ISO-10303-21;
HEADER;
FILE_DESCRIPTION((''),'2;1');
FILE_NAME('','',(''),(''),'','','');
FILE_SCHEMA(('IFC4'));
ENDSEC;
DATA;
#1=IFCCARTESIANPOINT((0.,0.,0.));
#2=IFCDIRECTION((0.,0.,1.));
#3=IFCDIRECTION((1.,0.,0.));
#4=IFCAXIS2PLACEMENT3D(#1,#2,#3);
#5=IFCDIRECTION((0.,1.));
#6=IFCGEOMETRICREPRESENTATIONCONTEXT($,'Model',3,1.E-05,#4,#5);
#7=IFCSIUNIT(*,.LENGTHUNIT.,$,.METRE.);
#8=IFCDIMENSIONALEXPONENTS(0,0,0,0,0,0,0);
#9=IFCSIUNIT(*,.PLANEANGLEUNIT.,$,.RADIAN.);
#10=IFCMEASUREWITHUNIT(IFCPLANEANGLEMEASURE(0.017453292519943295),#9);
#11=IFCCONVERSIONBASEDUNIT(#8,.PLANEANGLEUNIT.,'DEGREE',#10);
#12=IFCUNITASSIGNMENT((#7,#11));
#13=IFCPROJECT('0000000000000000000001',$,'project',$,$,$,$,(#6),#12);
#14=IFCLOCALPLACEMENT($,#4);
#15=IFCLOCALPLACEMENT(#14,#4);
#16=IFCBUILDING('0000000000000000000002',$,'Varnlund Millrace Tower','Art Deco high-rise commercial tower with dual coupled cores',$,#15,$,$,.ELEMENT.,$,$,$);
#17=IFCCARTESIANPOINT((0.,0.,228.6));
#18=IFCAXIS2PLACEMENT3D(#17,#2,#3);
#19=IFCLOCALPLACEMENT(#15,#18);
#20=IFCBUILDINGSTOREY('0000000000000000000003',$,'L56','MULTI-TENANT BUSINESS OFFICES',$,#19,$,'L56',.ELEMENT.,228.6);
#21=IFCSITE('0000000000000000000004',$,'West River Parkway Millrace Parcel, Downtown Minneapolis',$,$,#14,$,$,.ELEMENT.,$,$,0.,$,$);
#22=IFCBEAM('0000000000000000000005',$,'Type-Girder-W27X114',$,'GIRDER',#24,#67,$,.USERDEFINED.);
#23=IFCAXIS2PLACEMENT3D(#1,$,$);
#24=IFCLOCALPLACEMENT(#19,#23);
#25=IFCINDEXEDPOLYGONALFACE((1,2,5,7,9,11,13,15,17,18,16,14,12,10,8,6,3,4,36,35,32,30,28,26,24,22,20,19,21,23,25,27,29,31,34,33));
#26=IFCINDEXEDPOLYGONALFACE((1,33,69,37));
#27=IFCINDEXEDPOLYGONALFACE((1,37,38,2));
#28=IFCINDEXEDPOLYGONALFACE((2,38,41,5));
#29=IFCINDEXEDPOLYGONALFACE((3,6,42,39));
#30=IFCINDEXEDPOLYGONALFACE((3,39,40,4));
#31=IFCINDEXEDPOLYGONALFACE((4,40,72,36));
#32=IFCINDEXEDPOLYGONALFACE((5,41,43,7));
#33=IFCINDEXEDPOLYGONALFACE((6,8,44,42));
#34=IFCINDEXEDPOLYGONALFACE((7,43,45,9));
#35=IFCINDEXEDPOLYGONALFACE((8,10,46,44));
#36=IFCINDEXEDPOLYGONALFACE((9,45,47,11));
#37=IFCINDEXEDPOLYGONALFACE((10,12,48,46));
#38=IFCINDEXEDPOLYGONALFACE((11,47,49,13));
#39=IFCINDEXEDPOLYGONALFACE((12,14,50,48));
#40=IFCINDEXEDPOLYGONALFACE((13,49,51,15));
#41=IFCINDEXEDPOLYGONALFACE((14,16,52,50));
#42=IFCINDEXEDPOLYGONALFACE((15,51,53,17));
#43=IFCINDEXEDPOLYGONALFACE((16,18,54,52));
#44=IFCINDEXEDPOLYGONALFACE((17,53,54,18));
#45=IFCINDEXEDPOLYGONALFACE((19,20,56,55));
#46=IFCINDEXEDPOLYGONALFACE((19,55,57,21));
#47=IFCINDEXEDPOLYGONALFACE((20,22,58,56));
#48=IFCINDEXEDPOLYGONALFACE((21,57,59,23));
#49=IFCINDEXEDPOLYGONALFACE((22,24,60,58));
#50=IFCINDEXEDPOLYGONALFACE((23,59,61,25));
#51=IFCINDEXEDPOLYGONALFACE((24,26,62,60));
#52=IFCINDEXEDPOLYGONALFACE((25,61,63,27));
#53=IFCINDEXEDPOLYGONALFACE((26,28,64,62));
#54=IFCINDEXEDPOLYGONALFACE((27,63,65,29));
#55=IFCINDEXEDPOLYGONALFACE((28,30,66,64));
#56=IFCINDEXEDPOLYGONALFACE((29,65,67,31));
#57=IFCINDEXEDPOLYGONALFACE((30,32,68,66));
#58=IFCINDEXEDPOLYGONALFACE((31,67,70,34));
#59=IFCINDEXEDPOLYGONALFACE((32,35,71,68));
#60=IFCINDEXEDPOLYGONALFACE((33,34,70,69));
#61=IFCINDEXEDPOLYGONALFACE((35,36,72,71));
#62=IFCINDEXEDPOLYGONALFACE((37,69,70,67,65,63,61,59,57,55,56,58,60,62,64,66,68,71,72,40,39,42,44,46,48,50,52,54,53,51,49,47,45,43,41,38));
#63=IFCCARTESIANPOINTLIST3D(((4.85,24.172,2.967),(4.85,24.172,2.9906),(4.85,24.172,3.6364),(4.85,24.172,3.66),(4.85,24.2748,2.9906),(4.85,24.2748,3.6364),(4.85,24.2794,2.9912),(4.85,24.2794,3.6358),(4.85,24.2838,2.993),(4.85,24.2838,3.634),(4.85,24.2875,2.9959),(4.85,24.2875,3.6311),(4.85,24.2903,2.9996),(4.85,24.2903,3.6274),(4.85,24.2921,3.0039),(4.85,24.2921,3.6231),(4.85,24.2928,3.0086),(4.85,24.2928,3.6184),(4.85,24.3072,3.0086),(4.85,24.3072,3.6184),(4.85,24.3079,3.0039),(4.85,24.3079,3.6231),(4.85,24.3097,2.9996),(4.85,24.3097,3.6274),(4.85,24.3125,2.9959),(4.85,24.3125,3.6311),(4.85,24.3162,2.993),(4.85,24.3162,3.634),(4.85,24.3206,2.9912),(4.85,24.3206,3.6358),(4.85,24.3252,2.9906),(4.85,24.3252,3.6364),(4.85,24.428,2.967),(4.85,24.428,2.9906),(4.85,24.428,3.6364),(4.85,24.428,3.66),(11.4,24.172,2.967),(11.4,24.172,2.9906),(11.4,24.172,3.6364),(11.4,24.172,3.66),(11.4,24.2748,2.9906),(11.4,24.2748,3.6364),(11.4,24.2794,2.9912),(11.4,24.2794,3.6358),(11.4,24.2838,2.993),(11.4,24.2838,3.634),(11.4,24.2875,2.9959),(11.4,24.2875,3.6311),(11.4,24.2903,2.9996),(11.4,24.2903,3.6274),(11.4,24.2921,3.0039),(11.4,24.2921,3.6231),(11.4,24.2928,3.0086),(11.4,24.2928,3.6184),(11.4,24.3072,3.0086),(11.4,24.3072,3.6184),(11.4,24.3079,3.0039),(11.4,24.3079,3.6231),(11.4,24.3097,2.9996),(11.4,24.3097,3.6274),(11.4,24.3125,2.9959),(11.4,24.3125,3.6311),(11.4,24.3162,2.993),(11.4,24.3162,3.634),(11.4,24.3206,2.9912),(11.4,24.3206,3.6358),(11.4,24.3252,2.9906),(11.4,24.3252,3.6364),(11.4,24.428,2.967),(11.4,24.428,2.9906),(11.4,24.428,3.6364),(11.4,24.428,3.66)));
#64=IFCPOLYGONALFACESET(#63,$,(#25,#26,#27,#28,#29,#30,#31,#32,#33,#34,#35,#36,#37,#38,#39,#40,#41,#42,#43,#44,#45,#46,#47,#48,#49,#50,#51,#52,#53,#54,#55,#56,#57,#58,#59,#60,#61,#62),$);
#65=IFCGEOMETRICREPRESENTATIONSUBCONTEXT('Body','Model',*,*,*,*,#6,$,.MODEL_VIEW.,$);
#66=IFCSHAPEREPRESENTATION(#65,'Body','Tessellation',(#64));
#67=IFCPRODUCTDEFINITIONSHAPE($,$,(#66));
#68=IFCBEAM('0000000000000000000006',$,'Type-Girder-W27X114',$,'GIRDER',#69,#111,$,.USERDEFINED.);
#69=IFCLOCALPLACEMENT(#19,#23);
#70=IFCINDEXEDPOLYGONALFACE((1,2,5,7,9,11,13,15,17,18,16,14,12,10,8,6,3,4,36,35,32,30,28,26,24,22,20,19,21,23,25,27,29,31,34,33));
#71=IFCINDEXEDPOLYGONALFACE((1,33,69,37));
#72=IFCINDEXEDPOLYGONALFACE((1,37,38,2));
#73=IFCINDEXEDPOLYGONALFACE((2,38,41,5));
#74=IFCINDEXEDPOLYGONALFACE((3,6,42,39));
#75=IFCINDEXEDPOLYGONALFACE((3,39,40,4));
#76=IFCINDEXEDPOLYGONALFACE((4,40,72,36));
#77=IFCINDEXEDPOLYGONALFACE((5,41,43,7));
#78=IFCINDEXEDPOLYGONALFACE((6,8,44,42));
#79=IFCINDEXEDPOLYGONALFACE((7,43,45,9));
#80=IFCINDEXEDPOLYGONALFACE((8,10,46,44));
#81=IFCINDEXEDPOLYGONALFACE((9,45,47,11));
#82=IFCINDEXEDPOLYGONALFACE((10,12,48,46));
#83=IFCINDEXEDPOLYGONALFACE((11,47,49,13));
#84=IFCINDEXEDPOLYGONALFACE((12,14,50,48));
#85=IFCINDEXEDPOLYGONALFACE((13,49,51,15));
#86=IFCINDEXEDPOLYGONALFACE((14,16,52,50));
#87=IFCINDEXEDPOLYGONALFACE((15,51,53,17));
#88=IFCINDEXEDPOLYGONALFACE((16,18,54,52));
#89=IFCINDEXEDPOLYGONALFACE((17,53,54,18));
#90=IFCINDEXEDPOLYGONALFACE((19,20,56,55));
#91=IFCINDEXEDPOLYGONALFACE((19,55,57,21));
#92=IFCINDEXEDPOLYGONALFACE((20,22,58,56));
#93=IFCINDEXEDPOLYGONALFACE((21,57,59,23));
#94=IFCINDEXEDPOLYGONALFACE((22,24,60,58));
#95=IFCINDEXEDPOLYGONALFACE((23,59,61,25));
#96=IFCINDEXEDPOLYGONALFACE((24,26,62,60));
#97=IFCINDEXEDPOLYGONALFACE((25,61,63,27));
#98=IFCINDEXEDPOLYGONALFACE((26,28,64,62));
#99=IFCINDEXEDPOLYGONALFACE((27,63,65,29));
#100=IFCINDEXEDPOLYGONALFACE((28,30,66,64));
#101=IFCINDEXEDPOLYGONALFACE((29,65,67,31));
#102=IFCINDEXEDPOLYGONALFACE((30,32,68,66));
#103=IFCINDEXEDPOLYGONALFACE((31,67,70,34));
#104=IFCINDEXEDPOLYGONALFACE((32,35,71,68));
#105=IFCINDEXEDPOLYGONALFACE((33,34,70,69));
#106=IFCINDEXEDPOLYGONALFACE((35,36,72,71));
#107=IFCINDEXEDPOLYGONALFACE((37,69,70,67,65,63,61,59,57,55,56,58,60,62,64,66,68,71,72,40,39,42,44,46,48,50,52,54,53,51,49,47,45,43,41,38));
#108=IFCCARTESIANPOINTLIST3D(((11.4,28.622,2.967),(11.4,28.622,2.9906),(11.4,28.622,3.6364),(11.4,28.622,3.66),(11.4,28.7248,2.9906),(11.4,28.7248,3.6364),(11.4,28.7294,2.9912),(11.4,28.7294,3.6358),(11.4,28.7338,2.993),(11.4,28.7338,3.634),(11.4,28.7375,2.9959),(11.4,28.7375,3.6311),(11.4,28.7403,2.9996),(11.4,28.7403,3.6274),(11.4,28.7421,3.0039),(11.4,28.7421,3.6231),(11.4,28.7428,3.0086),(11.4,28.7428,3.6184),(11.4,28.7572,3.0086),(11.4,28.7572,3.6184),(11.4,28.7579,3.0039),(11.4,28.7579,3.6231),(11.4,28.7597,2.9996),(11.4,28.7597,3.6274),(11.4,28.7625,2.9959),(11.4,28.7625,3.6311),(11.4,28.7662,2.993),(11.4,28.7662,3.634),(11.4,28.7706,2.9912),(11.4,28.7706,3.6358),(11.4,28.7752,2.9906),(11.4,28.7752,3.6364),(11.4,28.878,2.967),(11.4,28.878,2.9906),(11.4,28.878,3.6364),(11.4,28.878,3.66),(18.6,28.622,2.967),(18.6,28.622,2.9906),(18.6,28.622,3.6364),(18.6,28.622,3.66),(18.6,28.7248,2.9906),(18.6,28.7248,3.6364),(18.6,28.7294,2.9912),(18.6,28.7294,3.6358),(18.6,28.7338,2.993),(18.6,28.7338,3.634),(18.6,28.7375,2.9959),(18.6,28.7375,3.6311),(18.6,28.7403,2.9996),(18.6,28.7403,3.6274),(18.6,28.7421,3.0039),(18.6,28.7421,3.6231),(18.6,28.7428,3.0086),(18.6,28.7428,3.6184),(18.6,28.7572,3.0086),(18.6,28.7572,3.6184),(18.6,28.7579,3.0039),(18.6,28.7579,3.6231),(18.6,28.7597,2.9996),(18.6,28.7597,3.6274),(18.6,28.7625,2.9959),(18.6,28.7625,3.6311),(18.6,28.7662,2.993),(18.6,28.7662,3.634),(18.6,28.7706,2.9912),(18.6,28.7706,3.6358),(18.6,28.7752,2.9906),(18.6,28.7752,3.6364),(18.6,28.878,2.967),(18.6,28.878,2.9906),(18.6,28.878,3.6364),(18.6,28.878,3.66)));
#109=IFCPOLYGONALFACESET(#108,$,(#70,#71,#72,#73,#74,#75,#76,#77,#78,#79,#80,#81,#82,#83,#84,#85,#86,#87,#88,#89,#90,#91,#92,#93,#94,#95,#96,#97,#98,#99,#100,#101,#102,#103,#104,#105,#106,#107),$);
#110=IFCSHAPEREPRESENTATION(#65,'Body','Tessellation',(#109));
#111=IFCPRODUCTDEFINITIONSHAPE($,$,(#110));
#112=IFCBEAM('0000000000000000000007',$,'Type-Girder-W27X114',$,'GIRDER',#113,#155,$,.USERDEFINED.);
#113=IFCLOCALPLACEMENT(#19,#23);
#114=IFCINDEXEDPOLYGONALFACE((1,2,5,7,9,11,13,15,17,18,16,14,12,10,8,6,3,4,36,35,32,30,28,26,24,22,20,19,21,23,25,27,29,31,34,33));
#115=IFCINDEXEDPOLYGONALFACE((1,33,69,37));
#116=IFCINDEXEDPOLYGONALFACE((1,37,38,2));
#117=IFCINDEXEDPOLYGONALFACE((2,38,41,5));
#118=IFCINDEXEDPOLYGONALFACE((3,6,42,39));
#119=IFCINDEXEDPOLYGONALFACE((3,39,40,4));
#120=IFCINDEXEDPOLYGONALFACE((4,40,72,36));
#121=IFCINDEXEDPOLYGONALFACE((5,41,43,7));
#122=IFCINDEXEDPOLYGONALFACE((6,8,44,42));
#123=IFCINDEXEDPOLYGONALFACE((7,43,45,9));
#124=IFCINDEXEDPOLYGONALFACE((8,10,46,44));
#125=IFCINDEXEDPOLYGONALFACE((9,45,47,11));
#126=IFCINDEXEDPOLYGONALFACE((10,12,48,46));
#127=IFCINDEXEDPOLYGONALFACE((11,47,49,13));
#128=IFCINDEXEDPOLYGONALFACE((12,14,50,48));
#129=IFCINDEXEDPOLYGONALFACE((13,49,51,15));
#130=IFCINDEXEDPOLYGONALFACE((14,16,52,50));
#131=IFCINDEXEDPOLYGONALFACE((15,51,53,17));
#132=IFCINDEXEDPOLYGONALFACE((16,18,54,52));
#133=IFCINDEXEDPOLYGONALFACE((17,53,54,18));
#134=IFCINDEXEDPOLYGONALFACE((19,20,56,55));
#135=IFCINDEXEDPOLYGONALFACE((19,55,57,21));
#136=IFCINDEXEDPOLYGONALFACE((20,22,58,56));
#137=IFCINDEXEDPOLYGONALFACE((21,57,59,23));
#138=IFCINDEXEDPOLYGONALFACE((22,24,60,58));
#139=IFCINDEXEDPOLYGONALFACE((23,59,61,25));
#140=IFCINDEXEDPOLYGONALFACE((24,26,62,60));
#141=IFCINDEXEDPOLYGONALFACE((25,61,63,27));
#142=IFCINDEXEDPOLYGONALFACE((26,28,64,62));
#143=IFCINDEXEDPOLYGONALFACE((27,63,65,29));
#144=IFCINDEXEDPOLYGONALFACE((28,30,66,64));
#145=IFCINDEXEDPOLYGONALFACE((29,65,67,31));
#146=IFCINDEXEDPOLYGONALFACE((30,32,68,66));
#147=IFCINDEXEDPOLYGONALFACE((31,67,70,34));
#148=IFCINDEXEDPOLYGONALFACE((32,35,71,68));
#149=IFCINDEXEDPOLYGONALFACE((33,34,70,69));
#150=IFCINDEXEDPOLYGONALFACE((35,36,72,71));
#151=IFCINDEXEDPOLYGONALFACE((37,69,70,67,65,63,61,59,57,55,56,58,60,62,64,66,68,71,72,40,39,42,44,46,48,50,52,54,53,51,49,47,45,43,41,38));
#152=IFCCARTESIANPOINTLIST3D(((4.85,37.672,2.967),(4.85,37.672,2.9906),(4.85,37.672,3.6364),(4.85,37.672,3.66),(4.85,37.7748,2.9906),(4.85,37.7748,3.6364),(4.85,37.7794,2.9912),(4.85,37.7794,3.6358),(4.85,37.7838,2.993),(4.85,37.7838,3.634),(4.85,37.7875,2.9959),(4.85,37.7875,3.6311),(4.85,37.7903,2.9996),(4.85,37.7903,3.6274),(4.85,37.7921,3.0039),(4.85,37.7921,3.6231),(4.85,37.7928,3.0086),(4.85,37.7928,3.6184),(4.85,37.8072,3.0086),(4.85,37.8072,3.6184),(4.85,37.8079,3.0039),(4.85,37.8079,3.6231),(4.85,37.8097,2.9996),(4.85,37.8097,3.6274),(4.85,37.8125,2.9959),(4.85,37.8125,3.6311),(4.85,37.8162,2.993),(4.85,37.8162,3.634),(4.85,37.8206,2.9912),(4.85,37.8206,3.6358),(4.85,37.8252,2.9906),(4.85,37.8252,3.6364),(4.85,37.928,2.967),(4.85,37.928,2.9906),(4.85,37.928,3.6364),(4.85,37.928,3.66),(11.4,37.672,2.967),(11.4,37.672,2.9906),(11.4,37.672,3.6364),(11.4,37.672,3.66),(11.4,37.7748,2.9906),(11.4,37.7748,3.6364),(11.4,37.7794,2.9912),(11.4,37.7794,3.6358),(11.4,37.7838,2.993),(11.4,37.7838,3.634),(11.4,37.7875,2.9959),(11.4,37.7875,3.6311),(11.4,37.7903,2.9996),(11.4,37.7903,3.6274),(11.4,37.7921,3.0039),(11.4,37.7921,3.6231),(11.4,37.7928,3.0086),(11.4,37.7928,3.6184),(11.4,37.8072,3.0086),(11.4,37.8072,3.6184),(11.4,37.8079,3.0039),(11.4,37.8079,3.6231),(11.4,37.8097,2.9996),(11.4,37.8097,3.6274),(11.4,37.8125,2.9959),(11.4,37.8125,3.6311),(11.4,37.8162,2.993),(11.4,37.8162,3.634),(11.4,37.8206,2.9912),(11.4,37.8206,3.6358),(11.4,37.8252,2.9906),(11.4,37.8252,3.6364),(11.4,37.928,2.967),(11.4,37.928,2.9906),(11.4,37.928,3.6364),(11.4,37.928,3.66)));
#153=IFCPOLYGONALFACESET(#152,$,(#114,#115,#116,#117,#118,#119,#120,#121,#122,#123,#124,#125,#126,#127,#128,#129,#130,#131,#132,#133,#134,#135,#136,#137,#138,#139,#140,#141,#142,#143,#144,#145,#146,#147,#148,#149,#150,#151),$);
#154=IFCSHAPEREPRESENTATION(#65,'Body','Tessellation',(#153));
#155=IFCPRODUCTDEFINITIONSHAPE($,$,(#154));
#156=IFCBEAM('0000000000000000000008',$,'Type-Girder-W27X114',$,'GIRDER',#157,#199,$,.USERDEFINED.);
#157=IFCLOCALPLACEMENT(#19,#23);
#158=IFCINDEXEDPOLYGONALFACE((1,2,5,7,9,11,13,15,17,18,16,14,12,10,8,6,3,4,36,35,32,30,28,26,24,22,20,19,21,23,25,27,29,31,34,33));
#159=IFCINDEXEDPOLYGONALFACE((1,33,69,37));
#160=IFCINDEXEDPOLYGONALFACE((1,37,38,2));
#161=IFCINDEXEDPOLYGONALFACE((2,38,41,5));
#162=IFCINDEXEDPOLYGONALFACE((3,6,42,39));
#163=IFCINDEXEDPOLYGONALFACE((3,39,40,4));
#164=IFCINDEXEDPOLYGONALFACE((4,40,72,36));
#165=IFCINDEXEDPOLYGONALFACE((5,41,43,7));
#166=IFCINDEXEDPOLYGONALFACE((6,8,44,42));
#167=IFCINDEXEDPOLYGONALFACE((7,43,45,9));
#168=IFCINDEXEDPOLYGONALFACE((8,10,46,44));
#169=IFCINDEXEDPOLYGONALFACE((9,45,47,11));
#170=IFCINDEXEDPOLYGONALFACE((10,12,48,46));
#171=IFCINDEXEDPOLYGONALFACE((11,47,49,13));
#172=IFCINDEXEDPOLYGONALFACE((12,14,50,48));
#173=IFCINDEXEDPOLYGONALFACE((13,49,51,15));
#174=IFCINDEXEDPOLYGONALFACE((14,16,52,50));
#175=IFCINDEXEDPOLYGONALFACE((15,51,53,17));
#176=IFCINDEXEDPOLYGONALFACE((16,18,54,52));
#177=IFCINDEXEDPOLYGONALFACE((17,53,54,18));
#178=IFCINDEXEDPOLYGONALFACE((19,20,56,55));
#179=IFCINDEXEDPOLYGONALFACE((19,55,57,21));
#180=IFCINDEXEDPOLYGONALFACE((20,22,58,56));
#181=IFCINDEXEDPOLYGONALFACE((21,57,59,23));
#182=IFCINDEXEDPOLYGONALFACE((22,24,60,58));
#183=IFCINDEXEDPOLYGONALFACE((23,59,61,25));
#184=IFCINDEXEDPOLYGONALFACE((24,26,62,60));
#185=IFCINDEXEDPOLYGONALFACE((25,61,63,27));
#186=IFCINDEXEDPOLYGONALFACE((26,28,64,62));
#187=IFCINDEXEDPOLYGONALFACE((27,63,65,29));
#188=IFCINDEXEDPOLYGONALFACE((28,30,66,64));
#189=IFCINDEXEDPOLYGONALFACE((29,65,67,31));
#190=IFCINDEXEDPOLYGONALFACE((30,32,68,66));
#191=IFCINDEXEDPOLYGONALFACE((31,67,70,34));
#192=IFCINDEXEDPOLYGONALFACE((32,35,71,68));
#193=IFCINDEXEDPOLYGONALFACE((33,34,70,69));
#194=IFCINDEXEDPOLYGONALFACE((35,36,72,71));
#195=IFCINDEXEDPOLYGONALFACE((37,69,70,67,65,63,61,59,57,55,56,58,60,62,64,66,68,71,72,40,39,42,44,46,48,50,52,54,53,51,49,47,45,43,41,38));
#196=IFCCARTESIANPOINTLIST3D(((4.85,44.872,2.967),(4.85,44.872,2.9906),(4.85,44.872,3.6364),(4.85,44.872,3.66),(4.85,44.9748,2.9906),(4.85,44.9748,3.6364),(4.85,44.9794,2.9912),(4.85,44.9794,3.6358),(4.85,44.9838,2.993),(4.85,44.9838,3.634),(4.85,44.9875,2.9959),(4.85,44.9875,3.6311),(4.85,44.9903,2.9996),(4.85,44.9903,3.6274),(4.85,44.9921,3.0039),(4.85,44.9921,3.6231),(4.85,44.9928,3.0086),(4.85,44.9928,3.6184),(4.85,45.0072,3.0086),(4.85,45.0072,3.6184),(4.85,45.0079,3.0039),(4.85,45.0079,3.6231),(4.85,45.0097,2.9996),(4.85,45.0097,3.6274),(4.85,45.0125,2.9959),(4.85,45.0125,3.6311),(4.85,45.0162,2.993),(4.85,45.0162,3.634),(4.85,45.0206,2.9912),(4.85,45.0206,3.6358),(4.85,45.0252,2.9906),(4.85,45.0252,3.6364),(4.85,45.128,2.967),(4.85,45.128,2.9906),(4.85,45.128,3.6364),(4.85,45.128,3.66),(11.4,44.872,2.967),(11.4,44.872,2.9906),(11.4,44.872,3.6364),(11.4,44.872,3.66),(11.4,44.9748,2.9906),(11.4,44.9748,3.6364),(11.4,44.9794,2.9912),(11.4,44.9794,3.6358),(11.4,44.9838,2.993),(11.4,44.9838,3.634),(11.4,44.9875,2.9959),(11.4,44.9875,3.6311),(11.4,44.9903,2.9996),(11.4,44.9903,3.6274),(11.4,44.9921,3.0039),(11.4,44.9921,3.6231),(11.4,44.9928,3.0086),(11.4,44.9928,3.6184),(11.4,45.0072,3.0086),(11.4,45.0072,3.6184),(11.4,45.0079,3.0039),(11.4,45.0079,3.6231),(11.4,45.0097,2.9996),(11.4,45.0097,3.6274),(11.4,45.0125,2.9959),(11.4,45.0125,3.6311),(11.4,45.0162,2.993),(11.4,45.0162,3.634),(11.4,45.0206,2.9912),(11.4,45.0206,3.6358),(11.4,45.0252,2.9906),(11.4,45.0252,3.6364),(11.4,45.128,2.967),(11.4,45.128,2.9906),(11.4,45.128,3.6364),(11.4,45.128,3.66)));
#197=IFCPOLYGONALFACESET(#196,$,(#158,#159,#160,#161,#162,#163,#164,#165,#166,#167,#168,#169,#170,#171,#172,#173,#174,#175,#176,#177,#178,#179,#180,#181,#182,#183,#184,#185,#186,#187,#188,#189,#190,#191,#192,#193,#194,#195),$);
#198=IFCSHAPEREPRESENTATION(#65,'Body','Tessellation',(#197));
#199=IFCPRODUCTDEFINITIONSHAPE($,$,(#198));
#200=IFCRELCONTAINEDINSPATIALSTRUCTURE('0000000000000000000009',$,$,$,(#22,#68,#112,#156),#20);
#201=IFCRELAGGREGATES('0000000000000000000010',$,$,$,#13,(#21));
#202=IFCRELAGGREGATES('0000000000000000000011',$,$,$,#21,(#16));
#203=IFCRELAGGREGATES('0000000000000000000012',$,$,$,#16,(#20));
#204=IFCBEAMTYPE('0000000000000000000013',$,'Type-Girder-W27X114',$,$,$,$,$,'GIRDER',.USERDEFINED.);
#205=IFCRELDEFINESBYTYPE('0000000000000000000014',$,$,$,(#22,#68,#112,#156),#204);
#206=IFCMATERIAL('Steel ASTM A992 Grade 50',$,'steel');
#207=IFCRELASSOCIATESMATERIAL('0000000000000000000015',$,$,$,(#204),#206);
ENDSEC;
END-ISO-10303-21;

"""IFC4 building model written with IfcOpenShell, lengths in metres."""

from ifc_helpers import new_model, entity, si_unit, converted_unit, direction, frame, origin_with_axes, origin_2d_with_axis, place, context, subcontext, project, spatial, i_section, extrude, material, material_profile, profile_set, type_object, element, save


model = new_model("IFC4")

# Units and contexts
model_context = context("Model", 3, precision=1e-05, world=origin_with_axes(), true_north=direction((0.0, 1.0)))
body_context = subcontext(model_context, "Body", "Model", "MODEL_VIEW")
ifc_project = project(units=[si_unit("LENGTHUNIT", "METRE"), converted_unit("PLANEANGLEUNIT", "DEGREE", entity("IfcPlaneAngleMeasure", 0.017453292519943295), si_unit("PLANEANGLEUNIT", "RADIAN"), dimensions=[0, 0, 0, 0, 0, 0, 0])], contexts=[model_context])

# Site, building, storey
site_placement = place(None, origin_with_axes())
site = spatial("IfcSite", under=ifc_project, at=site_placement, Name="West River Parkway Millrace Parcel, Downtown Minneapolis", CompositionType="ELEMENT", RefElevation=0.0)
building_placement = place(site_placement, origin_with_axes())
building = spatial("IfcBuilding", under=site, at=building_placement, Name="Varnlund Millrace Tower", Description="Art Deco high-rise commercial tower with dual coupled cores", CompositionType="ELEMENT")
storey_placement = place(building_placement, frame((0.0, 0.0, 228.6), z_axis=(0.0, 0.0, 1.0), x_axis=(1.0, 0.0, 0.0)))
storey = spatial("IfcBuildingStorey", under=building, at=storey_placement, Name="L56", Description="MULTI-TENANT BUSINESS OFFICES", LongName="L56", CompositionType="ELEMENT", Elevation=228.6)

# Beams
ifc_material_1 = material(Name="Steel ASTM A992 Grade 50", Category="steel")
ifc_material_profile_1 = material_profile(ifc_material_1, i_section(OverallWidth=0.256, OverallDepth=0.693, WebThickness=0.0145, FlangeThickness=0.0236, FilletRadius=0.018, at=origin_2d_with_axis()), Name="Steel ASTM A992 Grade 50")
ifc_profile_set_1 = profile_set([ifc_material_profile_1], Name="Steel ASTM A992 Grade 50")
beam_type_1 = type_object("IfcBeamType", Name="Type-Girder-W27X114", ElementType="GIRDER", PredefinedType="USERDEFINED", material=ifc_profile_set_1)
beam_1_placement = place(storey_placement, frame((4.85, 24.3, 3.3135), z_axis=(1.0, 0.0, 0.0), x_axis=(0.0, 1.0, 0.0)))
element("IfcBeam", 1, at=beam_1_placement, inside=storey, type_object=beam_type_1, Name="Type-Girder-W27X114", ObjectType="GIRDER", PredefinedType="USERDEFINED", context=body_context, shape_type="SweptSolid", body=[
    extrude(i_section(OverallWidth=0.256, OverallDepth=0.693, WebThickness=0.0145, FlangeThickness=0.0236, FilletRadius=0.018, at=origin_2d_with_axis()), origin_with_axes(), (0.0, 0.0, 1.0), 6.55),
])
beam_2_placement = place(storey_placement, frame((11.4, 28.75, 3.3135), z_axis=(1.0, 0.0, 0.0), x_axis=(0.0, 1.0, 0.0)))
element("IfcBeam", 2, at=beam_2_placement, inside=storey, type_object=beam_type_1, Name="Type-Girder-W27X114", ObjectType="GIRDER", PredefinedType="USERDEFINED", context=body_context, shape_type="SweptSolid", body=[
    extrude(i_section(OverallWidth=0.256, OverallDepth=0.693, WebThickness=0.0145, FlangeThickness=0.0236, FilletRadius=0.018, at=origin_2d_with_axis()), origin_with_axes(), (0.0, 0.0, 1.0), 7.2),
])
for number, where, z_axis, x_axis, name in (
    (3, (4.85, 37.8, 3.3135), (1.0, 0.0, 0.0), (0.0, 1.0, 0.0), "Type-Girder-W27X114"),
    (4, (4.85, 45.0, 3.3135), (1.0, 0.0, 0.0), (0.0, 1.0, 0.0), "Type-Girder-W27X114"),
):
    element("IfcBeam", number, at=place(storey_placement, frame(where, z_axis=z_axis, x_axis=x_axis)), inside=storey, type_object=beam_type_1, Name=name, ObjectType="GIRDER", PredefinedType="USERDEFINED", context=body_context, shape_type="SweptSolid", body=[
        extrude(i_section(OverallWidth=0.256, OverallDepth=0.693, WebThickness=0.0145, FlangeThickness=0.0236, FilletRadius=0.018, at=origin_2d_with_axis()), origin_with_axes(), (0.0, 0.0, 1.0), 6.55),
    ])

save(model, "model.ifc")
